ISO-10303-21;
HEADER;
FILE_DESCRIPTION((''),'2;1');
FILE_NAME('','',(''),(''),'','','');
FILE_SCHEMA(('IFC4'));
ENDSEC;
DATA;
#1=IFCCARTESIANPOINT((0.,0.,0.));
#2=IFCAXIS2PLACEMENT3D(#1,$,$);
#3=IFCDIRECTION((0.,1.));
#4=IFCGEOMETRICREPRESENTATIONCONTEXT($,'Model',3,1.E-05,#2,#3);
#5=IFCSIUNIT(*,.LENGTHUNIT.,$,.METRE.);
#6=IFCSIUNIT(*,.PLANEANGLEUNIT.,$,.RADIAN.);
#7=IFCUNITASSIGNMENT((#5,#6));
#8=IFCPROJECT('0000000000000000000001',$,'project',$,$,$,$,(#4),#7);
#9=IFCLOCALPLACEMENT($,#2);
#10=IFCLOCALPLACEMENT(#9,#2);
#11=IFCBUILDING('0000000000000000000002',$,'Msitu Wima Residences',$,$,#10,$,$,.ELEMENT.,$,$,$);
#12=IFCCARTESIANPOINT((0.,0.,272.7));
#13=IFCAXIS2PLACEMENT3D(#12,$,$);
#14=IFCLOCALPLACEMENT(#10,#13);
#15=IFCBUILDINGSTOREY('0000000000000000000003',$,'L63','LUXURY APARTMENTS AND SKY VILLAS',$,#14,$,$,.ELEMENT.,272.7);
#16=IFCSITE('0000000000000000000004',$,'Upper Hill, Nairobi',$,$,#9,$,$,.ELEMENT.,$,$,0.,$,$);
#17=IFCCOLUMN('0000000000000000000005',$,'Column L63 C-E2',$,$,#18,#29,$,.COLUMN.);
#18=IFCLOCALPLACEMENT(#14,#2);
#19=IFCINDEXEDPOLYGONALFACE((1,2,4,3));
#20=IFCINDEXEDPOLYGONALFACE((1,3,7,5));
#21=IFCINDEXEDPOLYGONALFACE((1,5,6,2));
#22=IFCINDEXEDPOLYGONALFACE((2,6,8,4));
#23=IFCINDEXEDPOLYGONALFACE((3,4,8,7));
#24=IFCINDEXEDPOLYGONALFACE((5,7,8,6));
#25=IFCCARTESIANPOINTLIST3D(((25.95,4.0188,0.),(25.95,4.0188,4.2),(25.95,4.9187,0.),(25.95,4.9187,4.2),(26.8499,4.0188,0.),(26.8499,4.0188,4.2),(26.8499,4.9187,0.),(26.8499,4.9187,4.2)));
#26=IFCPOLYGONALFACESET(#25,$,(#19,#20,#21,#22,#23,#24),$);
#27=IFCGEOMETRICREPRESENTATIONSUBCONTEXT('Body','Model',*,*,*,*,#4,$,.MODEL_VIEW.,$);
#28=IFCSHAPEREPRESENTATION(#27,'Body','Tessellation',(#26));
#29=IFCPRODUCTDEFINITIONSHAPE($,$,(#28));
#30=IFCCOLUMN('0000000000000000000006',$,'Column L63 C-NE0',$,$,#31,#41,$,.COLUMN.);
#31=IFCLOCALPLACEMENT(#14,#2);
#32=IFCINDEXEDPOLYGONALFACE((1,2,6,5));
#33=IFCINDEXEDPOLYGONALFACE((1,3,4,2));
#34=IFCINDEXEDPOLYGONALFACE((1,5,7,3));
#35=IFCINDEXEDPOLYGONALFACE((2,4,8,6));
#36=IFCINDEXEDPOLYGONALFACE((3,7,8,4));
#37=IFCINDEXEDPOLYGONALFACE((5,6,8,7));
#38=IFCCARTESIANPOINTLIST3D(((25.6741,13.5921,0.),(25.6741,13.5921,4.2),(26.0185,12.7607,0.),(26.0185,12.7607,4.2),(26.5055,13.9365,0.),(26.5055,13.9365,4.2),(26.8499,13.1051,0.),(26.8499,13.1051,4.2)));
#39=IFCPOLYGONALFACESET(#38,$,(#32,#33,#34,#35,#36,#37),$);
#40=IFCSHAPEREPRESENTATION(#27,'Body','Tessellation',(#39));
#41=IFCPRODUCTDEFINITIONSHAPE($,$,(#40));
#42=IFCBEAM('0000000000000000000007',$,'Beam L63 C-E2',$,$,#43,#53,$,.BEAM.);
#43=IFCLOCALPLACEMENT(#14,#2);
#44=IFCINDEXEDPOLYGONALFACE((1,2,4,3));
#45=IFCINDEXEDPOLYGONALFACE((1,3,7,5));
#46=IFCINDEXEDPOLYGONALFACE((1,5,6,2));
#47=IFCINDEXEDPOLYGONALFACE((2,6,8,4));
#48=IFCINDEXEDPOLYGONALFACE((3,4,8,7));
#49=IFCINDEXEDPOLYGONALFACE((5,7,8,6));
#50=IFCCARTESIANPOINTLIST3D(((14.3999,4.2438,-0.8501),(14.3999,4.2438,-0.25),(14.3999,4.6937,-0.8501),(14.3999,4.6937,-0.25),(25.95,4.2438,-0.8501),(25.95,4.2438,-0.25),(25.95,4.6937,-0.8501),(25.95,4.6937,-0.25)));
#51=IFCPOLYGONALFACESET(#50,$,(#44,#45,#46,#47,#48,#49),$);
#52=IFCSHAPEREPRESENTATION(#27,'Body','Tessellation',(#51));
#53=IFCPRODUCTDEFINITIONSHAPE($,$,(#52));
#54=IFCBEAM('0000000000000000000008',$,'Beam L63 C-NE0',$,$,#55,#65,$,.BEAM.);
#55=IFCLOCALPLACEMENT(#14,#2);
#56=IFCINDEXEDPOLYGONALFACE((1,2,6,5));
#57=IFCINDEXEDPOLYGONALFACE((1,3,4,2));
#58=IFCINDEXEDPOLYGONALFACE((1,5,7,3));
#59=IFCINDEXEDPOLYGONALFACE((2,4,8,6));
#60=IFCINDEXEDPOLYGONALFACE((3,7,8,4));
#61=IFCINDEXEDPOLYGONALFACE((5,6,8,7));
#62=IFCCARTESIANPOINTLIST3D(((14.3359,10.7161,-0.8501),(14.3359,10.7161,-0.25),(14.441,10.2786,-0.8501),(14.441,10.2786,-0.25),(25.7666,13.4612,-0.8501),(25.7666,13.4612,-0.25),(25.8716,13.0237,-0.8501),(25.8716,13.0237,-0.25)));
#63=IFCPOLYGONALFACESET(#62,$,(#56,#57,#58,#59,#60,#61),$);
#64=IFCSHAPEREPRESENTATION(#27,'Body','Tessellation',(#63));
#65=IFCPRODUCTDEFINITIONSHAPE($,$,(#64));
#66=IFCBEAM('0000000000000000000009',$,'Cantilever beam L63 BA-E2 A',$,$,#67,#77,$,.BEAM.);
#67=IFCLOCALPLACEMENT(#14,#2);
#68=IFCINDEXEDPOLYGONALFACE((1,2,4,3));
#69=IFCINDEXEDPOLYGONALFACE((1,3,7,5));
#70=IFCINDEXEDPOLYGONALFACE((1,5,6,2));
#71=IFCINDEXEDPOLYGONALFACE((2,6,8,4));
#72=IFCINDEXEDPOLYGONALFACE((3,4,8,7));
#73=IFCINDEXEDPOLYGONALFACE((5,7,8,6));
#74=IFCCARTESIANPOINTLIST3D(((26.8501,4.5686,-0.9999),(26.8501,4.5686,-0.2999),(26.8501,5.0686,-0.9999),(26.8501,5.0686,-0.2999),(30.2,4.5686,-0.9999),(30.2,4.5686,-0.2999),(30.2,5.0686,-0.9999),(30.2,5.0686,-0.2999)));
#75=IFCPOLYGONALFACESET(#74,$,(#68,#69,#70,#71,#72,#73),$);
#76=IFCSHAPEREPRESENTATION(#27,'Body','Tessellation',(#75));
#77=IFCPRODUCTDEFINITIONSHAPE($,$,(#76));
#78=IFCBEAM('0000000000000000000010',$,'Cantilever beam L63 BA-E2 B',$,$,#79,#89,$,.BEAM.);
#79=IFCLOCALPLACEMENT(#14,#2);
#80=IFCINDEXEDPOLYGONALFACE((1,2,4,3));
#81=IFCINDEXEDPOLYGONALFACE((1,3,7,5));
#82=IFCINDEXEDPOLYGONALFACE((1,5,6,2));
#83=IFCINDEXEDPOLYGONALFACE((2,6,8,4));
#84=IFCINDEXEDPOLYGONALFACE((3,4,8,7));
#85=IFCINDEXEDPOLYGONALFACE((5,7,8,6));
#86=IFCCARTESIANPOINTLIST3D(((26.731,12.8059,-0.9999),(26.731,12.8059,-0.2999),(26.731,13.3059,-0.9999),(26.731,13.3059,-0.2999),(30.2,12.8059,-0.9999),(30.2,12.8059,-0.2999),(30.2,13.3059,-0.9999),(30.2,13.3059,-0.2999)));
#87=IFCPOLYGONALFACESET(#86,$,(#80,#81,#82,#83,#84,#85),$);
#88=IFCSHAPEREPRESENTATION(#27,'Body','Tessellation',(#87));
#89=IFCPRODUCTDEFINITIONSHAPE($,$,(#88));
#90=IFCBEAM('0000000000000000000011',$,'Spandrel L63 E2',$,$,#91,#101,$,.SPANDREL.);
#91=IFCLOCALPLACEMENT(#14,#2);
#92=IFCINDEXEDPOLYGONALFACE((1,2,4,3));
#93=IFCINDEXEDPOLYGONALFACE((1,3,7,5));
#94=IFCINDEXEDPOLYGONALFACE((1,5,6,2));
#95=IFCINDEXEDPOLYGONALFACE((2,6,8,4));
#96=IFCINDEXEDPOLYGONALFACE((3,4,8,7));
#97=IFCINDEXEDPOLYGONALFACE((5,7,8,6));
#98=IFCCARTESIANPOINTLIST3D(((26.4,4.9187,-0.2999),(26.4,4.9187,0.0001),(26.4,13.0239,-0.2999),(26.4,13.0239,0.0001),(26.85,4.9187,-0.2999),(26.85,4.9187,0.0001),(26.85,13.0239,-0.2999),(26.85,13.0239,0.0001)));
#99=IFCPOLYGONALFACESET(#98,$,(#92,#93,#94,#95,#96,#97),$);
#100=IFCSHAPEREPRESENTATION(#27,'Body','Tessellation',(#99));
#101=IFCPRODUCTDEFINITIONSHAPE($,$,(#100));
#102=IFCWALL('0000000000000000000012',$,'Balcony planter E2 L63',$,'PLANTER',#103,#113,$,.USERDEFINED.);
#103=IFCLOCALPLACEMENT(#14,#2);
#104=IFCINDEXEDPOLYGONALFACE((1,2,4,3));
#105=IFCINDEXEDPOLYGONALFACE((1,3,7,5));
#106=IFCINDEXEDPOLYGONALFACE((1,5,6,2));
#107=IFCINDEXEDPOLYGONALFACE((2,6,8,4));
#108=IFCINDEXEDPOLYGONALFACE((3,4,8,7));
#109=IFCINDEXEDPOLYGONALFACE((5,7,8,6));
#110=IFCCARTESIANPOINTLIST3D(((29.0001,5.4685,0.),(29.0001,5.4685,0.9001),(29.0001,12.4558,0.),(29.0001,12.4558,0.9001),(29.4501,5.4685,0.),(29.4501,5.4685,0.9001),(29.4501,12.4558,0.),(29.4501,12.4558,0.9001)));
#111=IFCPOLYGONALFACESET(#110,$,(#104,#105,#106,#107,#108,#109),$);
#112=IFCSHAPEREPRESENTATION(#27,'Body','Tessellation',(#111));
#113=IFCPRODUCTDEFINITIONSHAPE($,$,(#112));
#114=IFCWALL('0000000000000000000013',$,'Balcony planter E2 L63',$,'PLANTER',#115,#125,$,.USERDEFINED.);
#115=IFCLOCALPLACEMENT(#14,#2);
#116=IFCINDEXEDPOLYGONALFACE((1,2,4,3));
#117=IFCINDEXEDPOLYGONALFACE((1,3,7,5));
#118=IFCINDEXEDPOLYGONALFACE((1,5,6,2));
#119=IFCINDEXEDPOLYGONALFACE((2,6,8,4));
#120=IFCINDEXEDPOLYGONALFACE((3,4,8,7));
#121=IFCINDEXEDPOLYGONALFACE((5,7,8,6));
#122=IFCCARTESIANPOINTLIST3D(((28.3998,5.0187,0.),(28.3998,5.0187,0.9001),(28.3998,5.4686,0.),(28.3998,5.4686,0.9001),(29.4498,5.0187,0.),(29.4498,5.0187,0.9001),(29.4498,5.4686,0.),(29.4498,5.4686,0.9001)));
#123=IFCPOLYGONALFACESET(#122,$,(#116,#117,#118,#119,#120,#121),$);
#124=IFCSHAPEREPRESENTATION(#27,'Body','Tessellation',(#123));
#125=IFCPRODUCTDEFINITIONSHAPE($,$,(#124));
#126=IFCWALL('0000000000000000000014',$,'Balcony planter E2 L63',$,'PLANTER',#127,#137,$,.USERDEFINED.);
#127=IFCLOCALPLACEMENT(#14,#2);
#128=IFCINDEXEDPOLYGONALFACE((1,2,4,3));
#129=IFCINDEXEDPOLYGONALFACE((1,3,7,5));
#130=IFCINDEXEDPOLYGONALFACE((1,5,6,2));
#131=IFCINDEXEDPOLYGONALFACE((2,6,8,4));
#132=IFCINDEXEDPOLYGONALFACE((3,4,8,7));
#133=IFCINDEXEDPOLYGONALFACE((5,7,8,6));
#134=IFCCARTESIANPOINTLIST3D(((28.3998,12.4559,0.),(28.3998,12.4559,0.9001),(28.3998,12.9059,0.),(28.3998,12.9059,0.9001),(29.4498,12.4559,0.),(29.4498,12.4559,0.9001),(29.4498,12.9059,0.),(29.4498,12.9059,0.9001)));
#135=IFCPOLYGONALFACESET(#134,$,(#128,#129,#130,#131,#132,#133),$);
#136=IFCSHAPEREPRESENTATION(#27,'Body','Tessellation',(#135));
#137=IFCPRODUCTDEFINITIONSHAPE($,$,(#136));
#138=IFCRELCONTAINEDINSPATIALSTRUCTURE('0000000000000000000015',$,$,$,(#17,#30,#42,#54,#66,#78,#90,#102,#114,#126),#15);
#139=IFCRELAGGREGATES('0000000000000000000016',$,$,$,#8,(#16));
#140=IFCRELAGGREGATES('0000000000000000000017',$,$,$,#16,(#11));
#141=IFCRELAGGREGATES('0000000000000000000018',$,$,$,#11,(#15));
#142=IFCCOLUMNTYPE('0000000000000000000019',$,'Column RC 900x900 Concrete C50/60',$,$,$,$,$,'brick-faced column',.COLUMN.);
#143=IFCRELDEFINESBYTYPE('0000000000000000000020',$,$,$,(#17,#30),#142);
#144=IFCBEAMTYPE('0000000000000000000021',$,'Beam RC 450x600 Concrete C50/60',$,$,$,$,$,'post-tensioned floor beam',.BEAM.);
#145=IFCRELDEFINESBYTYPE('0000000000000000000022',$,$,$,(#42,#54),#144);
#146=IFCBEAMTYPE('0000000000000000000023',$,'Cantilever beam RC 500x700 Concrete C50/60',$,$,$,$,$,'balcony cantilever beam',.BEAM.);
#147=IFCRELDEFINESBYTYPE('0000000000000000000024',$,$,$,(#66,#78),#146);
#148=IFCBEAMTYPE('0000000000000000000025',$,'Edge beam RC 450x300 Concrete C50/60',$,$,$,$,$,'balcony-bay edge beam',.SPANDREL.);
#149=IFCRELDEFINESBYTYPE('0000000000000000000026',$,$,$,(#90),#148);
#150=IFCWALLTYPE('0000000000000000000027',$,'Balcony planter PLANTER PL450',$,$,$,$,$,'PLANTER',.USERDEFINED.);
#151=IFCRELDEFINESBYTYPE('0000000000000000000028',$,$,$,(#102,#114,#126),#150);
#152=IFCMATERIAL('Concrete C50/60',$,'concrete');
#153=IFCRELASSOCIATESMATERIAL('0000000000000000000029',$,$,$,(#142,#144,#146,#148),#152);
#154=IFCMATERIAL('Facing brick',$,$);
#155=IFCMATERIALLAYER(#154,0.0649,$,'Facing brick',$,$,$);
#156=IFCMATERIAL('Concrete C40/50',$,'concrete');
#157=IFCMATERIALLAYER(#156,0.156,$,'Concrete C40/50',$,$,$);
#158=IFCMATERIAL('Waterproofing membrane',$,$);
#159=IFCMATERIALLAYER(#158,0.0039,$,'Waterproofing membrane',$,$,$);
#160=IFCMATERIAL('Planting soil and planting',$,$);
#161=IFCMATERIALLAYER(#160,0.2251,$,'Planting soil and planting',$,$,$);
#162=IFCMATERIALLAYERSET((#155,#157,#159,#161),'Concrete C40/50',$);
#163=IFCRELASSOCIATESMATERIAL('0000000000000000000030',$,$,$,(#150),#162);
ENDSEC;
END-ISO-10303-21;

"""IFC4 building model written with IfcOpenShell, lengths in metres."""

from ifc_helpers import new_model, si_unit, direction, frame, frame_2d, origin, origin_2d, place, context, subcontext, project, spatial, rectangle, extrude, material, layer, layer_set, material_profile, profile_set, type_object, element, save


model = new_model("IFC4")

# Units and contexts
model_context = context("Model", 3, precision=1e-05, world=origin(), true_north=direction((0.0, 1.0)))
body_context = subcontext(model_context, "Body", "Model", "MODEL_VIEW")
ifc_project = project(units=[si_unit("LENGTHUNIT", "METRE"), si_unit("PLANEANGLEUNIT", "RADIAN")], contexts=[model_context])

# Site, building, storey
site_placement = place(None, origin())
site = spatial("IfcSite", under=ifc_project, at=site_placement, Name="Upper Hill, Nairobi", CompositionType="ELEMENT", RefElevation=0.0)
building_placement = place(site_placement, origin())
building = spatial("IfcBuilding", under=site, at=building_placement, Name="Msitu Wima Residences", CompositionType="ELEMENT")
storey_placement = place(building_placement, frame((0.0, 0.0, 272.7)))
storey = spatial("IfcBuildingStorey", under=building, at=storey_placement, Name="L63", Description="LUXURY APARTMENTS AND SKY VILLAS", CompositionType="ELEMENT", Elevation=272.7)

# Columns
ifc_material_1 = material(Name="Concrete C50/60", Category="concrete")
ifc_material_profile_1 = material_profile(ifc_material_1, rectangle(XDim=0.8999, YDim=0.8999, at=origin_2d()), Name="RC 900x900")
ifc_profile_set_1 = profile_set([ifc_material_profile_1], Name="Concrete C50/60")
column_type = type_object("IfcColumnType", Name="Column RC 900x900 Concrete C50/60", ElementType="brick-faced column", PredefinedType="COLUMN", material=ifc_profile_set_1)
for number, where, z_axis, x_axis, name in (
    (1, (26.3999, 4.4688, 0.0), (0.0, 0.0, 1.0), (0.0, 1.0, 0.0), "Column L63 C-E2"),
    (2, (26.262, 13.3486, 0.0), (0.0, 0.0, 1.0), (-0.382683, 0.92388, 0.0), "Column L63 C-NE0"),
):
    element("IfcColumn", number, at=place(storey_placement, frame(where, z_axis=z_axis, x_axis=x_axis)), inside=storey, type_object=column_type, Name=name, PredefinedType="COLUMN", context=body_context, shape_type="SweptSolid", body=[
        extrude(rectangle(XDim=0.8999, YDim=0.8999, at=origin_2d()), origin(), (0.0, 0.0, 1.0), 4.2),
    ])

# Beams
ifc_material_profile_2 = material_profile(ifc_material_1, rectangle(XDim=0.45, YDim=0.6001, at=origin_2d()), Name="RC 450x600")
ifc_profile_set_2 = profile_set([ifc_material_profile_2], Name="Concrete C50/60")
beam_type_1 = type_object("IfcBeamType", Name="Beam RC 450x600 Concrete C50/60", ElementType="post-tensioned floor beam", PredefinedType="BEAM", material=ifc_profile_set_2)
beam_1_placement = place(storey_placement, frame((25.95, 4.4688, -0.55), z_axis=(-1.0, 0.0, 0.0), x_axis=(0.0, -1.0, 0.0)))
element("IfcBeam", 3, at=beam_1_placement, inside=storey, type_object=beam_type_1, Name="Beam L63 C-E2", PredefinedType="BEAM", context=body_context, shape_type="SweptSolid", body=[
    extrude(rectangle(XDim=0.45, YDim=0.6001, at=origin_2d()), origin(), (0.0, 0.0, 1.0), 11.55),
])
beam_2_placement = place(storey_placement, frame((25.8191, 13.2424, -0.55), z_axis=(-0.972353, -0.233514, 0.0), x_axis=(0.233514, -0.972353, 0.0)))
element("IfcBeam", 4, at=beam_2_placement, inside=storey, type_object=beam_type_1, Name="Beam L63 C-NE0", PredefinedType="BEAM", context=body_context, shape_type="SweptSolid", body=[
    extrude(rectangle(XDim=0.45, YDim=0.6001, at=origin_2d()), origin(), (0.0, 0.0, 1.0), 11.7556),
])
ifc_material_profile_3 = material_profile(ifc_material_1, rectangle(XDim=0.5, YDim=0.7, at=origin_2d()), Name="RC 500x700")
ifc_profile_set_3 = profile_set([ifc_material_profile_3], Name="Concrete C50/60")
beam_type_2 = type_object("IfcBeamType", Name="Cantilever beam RC 500x700 Concrete C50/60", ElementType="balcony cantilever beam", PredefinedType="BEAM", material=ifc_profile_set_3)
beam_3_placement = place(storey_placement, frame((26.8501, 4.8186, -0.6499), z_axis=(1.0, 0.0, 0.0), x_axis=(0.0, 1.0, 0.0)))
element("IfcBeam", 5, at=beam_3_placement, inside=storey, type_object=beam_type_2, Name="Cantilever beam L63 BA-E2 A", PredefinedType="BEAM", context=body_context, shape_type="SweptSolid", body=[
    extrude(rectangle(XDim=0.5, YDim=0.7, at=origin_2d()), origin(), (0.0, 0.0, 1.0), 3.3499),
])
beam_4_placement = place(storey_placement, frame((26.731, 13.0559, -0.6499), z_axis=(1.0, 0.0, 0.0), x_axis=(0.0, 1.0, 0.0)))
element("IfcBeam", 6, at=beam_4_placement, inside=storey, type_object=beam_type_2, Name="Cantilever beam L63 BA-E2 B", PredefinedType="BEAM", context=body_context, shape_type="SweptSolid", body=[
    extrude(rectangle(XDim=0.5, YDim=0.7, at=origin_2d()), origin(), (0.0, 0.0, 1.0), 3.469),
])
ifc_material_profile_4 = material_profile(ifc_material_1, rectangle(XDim=0.45, YDim=0.3, at=origin_2d()), Name="RC 450x300")
ifc_profile_set_4 = profile_set([ifc_material_profile_4], Name="Concrete C50/60")
beam_type_3 = type_object("IfcBeamType", Name="Edge beam RC 450x300 Concrete C50/60", ElementType="balcony-bay edge beam", PredefinedType="SPANDREL", material=ifc_profile_set_4)
beam_5_placement = place(storey_placement, frame((26.625, 4.9187, -0.1499), z_axis=(0.0, 1.0, 0.0), x_axis=(-1.0, 0.0, 0.0)))
element("IfcBeam", 7, at=beam_5_placement, inside=storey, type_object=beam_type_3, Name="Spandrel L63 E2", PredefinedType="SPANDREL", context=body_context, shape_type="SweptSolid", body=[
    extrude(rectangle(XDim=0.45, YDim=0.3, at=origin_2d()), origin(), (0.0, 0.0, 1.0), 8.1052),
])

# Walls
ifc_material_2 = material(Name="Facing brick")
ifc_layer_1 = layer(ifc_material_2, 0.0649, Name="Facing brick")
ifc_material_3 = material(Name="Concrete C40/50", Category="concrete")
ifc_layer_2 = layer(ifc_material_3, 0.156, Name="Concrete C40/50")
ifc_material_4 = material(Name="Waterproofing membrane")
ifc_layer_3 = layer(ifc_material_4, 0.0039, Name="Waterproofing membrane")
ifc_material_5 = material(Name="Planting soil and planting")
ifc_layer_4 = layer(ifc_material_5, 0.2251, Name="Planting soil and planting")
ifc_layer_set_1 = layer_set([ifc_layer_1, ifc_layer_2, ifc_layer_3, ifc_layer_4], Name="Concrete C40/50")
wall_type_1 = type_object("IfcWallType", Name="Balcony planter PLANTER PL450", ElementType="PLANTER", PredefinedType="USERDEFINED", material=ifc_layer_set_1)
wall_1_placement = place(storey_placement, frame((29.2251, 5.4685, 0.0), z_axis=(0.0, 0.0, 1.0), x_axis=(0.0, 1.0, 0.0)))
element("IfcWall", 8, at=wall_1_placement, inside=storey, type_object=wall_type_1, Name="Balcony planter E2 L63", ObjectType="PLANTER", PredefinedType="USERDEFINED", context=body_context, shape_type="SweptSolid", body=[
    extrude(rectangle(XDim=6.9873, YDim=0.45, at=frame_2d((3.4937, 0.0))), origin(), (0.0, 0.0, 1.0), 0.9001),
])
for number, where, z_axis, x_axis, name in (
    (9, (28.3999, 5.2437, 0.0), (0.0, 0.0, 1.0), (1.0, 0.0, 0.0), "Balcony planter E2 L63"),
    (10, (28.3999, 12.6809, 0.0), (0.0, 0.0, 1.0), (1.0, 0.0, 0.0), "Balcony planter E2 L63"),
):
    element("IfcWall", number, at=place(storey_placement, frame(where, z_axis=z_axis, x_axis=x_axis)), inside=storey, type_object=wall_type_1, Name=name, ObjectType="PLANTER", PredefinedType="USERDEFINED", context=body_context, shape_type="SweptSolid", body=[
        extrude(rectangle(XDim=1.05, YDim=0.45, at=frame_2d((0.5249, 0.0))), origin(), (0.0, 0.0, 1.0), 0.9001),
    ])

save(model, "model.ifc")
